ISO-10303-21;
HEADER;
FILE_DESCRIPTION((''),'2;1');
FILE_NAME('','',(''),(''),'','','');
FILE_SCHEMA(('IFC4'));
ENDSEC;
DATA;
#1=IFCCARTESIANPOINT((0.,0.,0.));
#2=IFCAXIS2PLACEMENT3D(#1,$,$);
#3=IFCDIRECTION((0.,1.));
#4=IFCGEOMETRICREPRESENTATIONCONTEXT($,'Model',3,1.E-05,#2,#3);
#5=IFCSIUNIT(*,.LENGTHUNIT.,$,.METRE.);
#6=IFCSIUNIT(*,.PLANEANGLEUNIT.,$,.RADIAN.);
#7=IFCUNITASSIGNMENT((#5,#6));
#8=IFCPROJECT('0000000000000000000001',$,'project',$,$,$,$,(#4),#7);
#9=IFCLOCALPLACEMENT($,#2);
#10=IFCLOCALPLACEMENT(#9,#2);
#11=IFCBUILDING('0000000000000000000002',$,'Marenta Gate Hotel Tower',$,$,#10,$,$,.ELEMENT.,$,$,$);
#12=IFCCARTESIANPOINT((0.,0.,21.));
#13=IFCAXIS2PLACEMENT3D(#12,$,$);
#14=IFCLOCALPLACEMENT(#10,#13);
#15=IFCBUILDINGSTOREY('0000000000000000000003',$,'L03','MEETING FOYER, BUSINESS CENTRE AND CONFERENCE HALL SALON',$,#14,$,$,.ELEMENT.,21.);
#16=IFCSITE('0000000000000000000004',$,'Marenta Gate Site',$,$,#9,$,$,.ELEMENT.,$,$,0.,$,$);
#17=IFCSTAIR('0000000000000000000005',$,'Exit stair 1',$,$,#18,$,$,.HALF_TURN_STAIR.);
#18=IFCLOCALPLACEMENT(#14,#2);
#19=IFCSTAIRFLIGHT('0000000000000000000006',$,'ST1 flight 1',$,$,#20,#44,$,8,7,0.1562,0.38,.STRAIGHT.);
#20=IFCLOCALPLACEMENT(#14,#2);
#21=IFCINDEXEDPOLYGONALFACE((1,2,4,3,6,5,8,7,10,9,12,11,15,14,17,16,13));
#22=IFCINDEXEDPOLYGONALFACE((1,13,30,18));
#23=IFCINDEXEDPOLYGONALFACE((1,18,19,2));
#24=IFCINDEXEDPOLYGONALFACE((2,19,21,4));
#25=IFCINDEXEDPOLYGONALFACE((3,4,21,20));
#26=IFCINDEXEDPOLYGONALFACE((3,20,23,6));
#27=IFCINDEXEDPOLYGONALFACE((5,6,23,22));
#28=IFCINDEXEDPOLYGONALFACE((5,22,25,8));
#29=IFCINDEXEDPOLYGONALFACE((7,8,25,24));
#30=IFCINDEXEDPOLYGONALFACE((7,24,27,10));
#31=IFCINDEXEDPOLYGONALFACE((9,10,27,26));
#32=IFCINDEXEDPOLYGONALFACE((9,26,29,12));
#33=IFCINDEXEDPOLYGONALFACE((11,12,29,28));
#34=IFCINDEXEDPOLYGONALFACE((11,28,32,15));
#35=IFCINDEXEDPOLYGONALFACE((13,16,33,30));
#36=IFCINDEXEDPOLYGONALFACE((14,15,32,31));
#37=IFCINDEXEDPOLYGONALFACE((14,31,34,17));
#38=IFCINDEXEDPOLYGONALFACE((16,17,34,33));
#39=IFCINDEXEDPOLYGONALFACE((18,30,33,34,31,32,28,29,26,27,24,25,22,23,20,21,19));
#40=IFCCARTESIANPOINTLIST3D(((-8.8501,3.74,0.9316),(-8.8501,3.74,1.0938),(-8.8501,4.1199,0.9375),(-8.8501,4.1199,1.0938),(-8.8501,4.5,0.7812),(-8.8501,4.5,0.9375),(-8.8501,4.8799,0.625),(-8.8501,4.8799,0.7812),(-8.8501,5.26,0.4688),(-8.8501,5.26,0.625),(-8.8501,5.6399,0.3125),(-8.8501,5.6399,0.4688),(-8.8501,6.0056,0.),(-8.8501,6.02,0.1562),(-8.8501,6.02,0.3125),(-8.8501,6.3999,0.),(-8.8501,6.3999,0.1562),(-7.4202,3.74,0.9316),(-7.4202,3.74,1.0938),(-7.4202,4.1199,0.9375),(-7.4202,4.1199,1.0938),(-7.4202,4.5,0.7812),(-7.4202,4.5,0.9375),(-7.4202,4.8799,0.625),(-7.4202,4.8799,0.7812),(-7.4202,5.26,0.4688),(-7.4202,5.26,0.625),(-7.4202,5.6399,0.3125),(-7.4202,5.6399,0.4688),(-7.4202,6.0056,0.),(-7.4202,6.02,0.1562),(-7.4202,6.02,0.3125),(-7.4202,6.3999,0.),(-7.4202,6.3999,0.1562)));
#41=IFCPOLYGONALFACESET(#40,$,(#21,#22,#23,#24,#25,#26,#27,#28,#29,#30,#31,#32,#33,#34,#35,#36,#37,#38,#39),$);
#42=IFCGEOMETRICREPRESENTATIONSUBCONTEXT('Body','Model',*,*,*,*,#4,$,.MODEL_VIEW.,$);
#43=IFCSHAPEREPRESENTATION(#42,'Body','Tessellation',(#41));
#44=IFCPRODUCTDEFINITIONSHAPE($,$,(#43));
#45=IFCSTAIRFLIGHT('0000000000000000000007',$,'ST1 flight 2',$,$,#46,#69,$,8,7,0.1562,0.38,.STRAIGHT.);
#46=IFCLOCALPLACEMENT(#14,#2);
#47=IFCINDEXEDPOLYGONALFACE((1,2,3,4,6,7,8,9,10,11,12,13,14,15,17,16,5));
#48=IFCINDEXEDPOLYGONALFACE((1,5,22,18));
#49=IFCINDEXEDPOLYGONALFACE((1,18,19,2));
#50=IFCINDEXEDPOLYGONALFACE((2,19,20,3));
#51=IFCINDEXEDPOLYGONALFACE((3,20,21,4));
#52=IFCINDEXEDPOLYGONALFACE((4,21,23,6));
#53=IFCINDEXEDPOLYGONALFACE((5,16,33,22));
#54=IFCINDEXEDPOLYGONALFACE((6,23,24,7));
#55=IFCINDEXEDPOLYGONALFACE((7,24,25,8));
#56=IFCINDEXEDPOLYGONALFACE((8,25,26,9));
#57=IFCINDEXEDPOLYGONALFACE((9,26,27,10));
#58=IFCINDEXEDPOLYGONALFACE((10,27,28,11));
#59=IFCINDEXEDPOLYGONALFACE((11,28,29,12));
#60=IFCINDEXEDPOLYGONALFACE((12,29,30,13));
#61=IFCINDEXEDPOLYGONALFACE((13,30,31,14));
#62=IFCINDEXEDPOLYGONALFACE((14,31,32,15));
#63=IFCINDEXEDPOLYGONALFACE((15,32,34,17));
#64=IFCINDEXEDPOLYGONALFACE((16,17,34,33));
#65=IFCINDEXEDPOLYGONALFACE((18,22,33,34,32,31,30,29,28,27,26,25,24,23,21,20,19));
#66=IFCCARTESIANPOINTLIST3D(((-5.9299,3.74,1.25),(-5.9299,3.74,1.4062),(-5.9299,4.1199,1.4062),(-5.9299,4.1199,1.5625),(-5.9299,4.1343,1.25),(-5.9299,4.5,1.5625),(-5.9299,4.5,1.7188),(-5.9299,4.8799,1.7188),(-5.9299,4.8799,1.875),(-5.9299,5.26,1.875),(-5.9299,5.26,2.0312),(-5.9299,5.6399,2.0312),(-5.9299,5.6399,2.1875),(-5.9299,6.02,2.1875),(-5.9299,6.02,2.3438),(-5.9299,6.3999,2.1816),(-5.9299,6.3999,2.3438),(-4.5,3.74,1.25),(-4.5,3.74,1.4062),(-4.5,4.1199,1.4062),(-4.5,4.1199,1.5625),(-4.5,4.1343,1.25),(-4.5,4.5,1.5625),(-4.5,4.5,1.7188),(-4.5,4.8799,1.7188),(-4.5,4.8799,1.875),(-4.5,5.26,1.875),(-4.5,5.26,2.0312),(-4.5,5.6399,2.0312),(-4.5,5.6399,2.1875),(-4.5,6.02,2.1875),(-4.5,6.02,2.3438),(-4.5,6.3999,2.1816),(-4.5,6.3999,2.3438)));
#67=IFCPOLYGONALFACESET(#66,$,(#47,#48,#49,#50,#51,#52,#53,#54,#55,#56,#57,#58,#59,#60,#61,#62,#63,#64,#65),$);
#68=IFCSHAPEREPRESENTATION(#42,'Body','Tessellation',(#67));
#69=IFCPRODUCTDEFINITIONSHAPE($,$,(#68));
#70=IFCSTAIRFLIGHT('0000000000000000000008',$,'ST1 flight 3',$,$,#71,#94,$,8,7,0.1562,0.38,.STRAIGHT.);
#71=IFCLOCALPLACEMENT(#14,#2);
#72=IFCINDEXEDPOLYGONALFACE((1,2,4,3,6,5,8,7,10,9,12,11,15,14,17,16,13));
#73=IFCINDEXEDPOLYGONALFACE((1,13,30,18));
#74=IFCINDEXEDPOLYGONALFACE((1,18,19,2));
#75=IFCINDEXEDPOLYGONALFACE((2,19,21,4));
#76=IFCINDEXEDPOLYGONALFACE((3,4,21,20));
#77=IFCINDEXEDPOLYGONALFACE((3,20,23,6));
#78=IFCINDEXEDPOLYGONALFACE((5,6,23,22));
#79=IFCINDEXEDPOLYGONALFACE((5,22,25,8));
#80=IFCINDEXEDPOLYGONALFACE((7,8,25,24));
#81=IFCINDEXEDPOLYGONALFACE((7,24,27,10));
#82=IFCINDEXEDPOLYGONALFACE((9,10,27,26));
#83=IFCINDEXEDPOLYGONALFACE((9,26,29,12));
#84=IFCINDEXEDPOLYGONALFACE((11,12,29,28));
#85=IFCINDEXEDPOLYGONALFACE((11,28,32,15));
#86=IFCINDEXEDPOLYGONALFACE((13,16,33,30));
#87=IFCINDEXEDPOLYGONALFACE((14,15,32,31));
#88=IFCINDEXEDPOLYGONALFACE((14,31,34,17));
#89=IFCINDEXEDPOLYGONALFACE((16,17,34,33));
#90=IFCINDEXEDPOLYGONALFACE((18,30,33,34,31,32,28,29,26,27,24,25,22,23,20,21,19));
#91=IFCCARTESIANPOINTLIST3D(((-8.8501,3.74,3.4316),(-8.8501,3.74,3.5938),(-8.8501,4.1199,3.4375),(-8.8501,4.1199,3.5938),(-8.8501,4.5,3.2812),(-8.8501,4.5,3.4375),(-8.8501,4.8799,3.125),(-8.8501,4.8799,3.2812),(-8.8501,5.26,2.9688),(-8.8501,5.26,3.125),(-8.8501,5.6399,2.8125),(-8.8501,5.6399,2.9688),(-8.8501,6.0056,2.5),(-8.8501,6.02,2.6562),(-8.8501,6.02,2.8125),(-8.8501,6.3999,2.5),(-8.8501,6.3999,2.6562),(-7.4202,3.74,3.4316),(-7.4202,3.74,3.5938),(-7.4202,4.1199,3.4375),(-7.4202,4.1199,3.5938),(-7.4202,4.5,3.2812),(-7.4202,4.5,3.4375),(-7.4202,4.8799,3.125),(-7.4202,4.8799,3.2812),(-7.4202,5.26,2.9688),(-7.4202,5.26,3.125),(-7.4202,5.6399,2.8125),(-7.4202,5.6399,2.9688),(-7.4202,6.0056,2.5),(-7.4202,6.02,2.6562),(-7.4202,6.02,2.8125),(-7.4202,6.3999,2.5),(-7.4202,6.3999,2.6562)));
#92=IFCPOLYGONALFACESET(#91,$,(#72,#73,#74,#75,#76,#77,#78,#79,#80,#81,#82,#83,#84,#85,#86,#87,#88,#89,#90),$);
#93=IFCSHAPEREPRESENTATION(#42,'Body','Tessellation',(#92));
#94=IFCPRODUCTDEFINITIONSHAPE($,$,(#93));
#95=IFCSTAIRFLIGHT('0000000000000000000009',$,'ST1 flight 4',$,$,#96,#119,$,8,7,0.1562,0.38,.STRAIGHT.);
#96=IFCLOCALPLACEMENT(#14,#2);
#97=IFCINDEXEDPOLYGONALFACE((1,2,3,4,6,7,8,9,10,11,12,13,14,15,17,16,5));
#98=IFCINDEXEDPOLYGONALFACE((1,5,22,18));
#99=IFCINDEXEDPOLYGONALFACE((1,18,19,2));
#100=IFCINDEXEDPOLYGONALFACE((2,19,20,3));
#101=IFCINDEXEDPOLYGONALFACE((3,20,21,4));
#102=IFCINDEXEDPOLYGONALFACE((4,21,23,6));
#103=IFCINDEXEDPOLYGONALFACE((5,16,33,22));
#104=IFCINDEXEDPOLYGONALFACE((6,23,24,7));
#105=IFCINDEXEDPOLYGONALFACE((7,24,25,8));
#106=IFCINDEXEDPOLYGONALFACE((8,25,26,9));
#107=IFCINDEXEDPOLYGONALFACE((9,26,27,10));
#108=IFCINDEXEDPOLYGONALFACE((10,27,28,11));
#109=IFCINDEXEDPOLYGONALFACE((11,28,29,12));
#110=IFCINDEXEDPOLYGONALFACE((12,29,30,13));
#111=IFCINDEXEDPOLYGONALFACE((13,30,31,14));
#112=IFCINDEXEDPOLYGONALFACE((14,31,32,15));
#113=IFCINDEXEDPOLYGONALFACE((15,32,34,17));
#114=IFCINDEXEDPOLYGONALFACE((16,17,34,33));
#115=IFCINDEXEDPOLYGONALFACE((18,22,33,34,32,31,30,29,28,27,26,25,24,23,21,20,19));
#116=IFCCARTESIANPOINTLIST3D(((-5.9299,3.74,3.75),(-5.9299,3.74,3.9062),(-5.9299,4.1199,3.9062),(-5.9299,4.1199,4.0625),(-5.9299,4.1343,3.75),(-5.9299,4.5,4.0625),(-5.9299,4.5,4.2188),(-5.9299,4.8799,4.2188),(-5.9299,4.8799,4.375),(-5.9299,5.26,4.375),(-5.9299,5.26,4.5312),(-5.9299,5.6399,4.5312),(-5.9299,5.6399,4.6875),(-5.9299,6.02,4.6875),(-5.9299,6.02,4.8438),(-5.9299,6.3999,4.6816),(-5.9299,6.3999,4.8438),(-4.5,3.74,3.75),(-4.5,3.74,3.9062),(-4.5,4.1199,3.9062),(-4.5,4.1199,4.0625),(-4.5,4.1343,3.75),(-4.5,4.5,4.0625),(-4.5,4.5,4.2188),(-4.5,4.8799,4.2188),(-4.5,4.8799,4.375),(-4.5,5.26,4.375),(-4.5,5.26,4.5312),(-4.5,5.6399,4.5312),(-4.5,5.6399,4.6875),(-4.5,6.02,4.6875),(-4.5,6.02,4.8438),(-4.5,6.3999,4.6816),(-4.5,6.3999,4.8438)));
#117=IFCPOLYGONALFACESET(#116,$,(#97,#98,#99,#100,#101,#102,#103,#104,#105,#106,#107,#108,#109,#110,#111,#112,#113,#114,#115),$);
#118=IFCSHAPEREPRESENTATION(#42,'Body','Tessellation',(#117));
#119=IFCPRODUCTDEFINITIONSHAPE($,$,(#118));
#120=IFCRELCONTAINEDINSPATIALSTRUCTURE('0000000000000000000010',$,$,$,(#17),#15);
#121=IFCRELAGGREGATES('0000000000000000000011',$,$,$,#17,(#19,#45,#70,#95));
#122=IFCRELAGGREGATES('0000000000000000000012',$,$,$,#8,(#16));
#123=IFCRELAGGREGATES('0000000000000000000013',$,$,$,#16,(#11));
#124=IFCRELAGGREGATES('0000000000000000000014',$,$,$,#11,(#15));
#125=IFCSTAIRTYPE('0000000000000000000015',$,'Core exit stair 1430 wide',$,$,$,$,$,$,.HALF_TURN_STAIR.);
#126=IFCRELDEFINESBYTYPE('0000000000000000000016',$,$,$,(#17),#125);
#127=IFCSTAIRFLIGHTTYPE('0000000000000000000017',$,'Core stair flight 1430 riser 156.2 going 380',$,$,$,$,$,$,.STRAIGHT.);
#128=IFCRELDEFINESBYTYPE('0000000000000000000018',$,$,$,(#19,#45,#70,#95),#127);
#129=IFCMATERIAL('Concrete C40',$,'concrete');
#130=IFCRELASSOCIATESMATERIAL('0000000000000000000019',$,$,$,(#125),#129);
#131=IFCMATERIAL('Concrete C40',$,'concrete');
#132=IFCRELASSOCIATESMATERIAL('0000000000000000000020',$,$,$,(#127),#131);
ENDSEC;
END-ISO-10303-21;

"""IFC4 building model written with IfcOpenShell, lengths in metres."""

from ifc_helpers import new_model, si_unit, direction, frame, origin, place, context, subcontext, project, spatial, polyline, outline, extrude, material, type_object, element, aggregate, save


model = new_model("IFC4")

# Units and contexts
model_context = context("Model", 3, precision=1e-05, world=origin(), true_north=direction((0.0, 1.0)))
body_context = subcontext(model_context, "Body", "Model", "MODEL_VIEW")
ifc_project = project(units=[si_unit("LENGTHUNIT", "METRE"), si_unit("PLANEANGLEUNIT", "RADIAN")], contexts=[model_context])

# Site, building, storey
site_placement = place(None, origin())
site = spatial("IfcSite", under=ifc_project, at=site_placement, Name="Marenta Gate Site", CompositionType="ELEMENT", RefElevation=0.0)
building_placement = place(site_placement, origin())
building = spatial("IfcBuilding", under=site, at=building_placement, Name="Marenta Gate Hotel Tower", CompositionType="ELEMENT")
storey_placement = place(building_placement, frame((0.0, 0.0, 21.0)))
storey = spatial("IfcBuildingStorey", under=building, at=storey_placement, Name="L03", Description="MEETING FOYER, BUSINESS CENTRE AND CONFERENCE HALL SALON", CompositionType="ELEMENT", Elevation=21.0)

# Stair, stair flights
ifc_material_1 = material(Name="Concrete C40", Category="concrete")
stair_type = type_object("IfcStairType", Name="Core exit stair 1430 wide", PredefinedType="HALF_TURN_STAIR", material=ifc_material_1)
stair_placement = place(storey_placement, origin())
stair = element("IfcStair", 1, at=stair_placement, inside=storey, type_object=stair_type, Name="Exit stair 1", PredefinedType="HALF_TURN_STAIR")
ifc_material_2 = material(Name="Concrete C40", Category="concrete")
stair_flight_type = type_object("IfcStairFlightType", Name="Core stair flight 1430 riser 156.2 going 380", PredefinedType="STRAIGHT", material=ifc_material_2)
stair_flight_1_placement = place(storey_placement, frame((-8.135, 6.3999, 0.0), z_axis=(0.0, 0.0, 1.0), x_axis=(0.0, -1.0, 0.0)))
stair_flight_1 = element("IfcStairFlight", 2, at=stair_flight_1_placement, type_object=stair_flight_type, Name="ST1 flight 1", NumberOfRisers=8, NumberOfTreads=7, PredefinedType="STRAIGHT", RiserHeight=0.1562, TreadLength=0.38, context=body_context, shape_type="SweptSolid", body=[
    extrude(outline(polyline([(0.0, 0.0), (0.0, 0.1562), (0.3799, 0.1562), (0.3799, 0.3125), (0.76, 0.3125), (0.76, 0.4688), (1.1399, 0.4688), (1.1399, 0.625), (1.52, 0.625), (1.52, 0.7812), (1.8999, 0.7812), (1.8999, 0.9375), (2.28, 0.9375), (2.28, 1.0938), (2.6599, 1.0938), (2.6599, 1.25), (2.6599, 0.9316), (0.3943, 0.0), (0.0, 0.0)])), frame((0.0, 0.7148, 0.0), z_axis=(0.0, -1.0, 0.0), x_axis=(1.0, 0.0, 0.0)), (0.0, 0.0, 1.0), 1.4299),
])
stair_flight_2_placement = place(storey_placement, frame((-5.2151, 3.74, 1.25), z_axis=(0.0, 0.0, 1.0), x_axis=(0.0, 1.0, 0.0)))
stair_flight_2 = element("IfcStairFlight", 3, at=stair_flight_2_placement, type_object=stair_flight_type, Name="ST1 flight 2", NumberOfRisers=8, NumberOfTreads=7, PredefinedType="STRAIGHT", RiserHeight=0.1562, TreadLength=0.38, context=body_context, shape_type="SweptSolid", body=[
    extrude(outline(polyline([(0.0, 0.0), (0.0, 0.1562), (0.3799, 0.1562), (0.3799, 0.3125), (0.76, 0.3125), (0.76, 0.4688), (1.1399, 0.4688), (1.1399, 0.625), (1.52, 0.625), (1.52, 0.7812), (1.8999, 0.7812), (1.8999, 0.9375), (2.28, 0.9375), (2.28, 1.0938), (2.6599, 1.0938), (2.6599, 1.25), (2.6599, 0.9316), (0.3943, 0.0), (0.0, 0.0)])), frame((0.0, 0.7148, 0.0), z_axis=(0.0, -1.0, 0.0), x_axis=(1.0, 0.0, 0.0)), (0.0, 0.0, 1.0), 1.4299),
])
stair_flight_3_placement = place(storey_placement, frame((-8.135, 6.3999, 2.5), z_axis=(0.0, 0.0, 1.0), x_axis=(0.0, -1.0, 0.0)))
stair_flight_3 = element("IfcStairFlight", 4, at=stair_flight_3_placement, type_object=stair_flight_type, Name="ST1 flight 3", NumberOfRisers=8, NumberOfTreads=7, PredefinedType="STRAIGHT", RiserHeight=0.1562, TreadLength=0.38, context=body_context, shape_type="SweptSolid", body=[
    extrude(outline(polyline([(0.0, 0.0), (0.0, 0.1562), (0.3799, 0.1562), (0.3799, 0.3125), (0.76, 0.3125), (0.76, 0.4688), (1.1399, 0.4688), (1.1399, 0.625), (1.52, 0.625), (1.52, 0.7812), (1.8999, 0.7812), (1.8999, 0.9375), (2.28, 0.9375), (2.28, 1.0938), (2.6599, 1.0938), (2.6599, 1.25), (2.6599, 0.9316), (0.3943, 0.0), (0.0, 0.0)])), frame((0.0, 0.7148, 0.0), z_axis=(0.0, -1.0, 0.0), x_axis=(1.0, 0.0, 0.0)), (0.0, 0.0, 1.0), 1.4299),
])
stair_flight_4_placement = place(storey_placement, frame((-5.2151, 3.74, 3.75), z_axis=(0.0, 0.0, 1.0), x_axis=(0.0, 1.0, 0.0)))
stair_flight_4 = element("IfcStairFlight", 5, at=stair_flight_4_placement, type_object=stair_flight_type, Name="ST1 flight 4", NumberOfRisers=8, NumberOfTreads=7, PredefinedType="STRAIGHT", RiserHeight=0.1562, TreadLength=0.38, context=body_context, shape_type="SweptSolid", body=[
    extrude(outline(polyline([(0.0, 0.0), (0.0, 0.1562), (0.3799, 0.1562), (0.3799, 0.3125), (0.76, 0.3125), (0.76, 0.4688), (1.1399, 0.4688), (1.1399, 0.625), (1.52, 0.625), (1.52, 0.7812), (1.8999, 0.7812), (1.8999, 0.9375), (2.28, 0.9375), (2.28, 1.0938), (2.6599, 1.0938), (2.6599, 1.25), (2.6599, 0.9316), (0.3943, 0.0), (0.0, 0.0)])), frame((0.0, 0.7148, 0.0), z_axis=(0.0, -1.0, 0.0), x_axis=(1.0, 0.0, 0.0)), (0.0, 0.0, 1.0), 1.4299),
])
aggregate(stair, [stair_flight_1, stair_flight_2, stair_flight_3, stair_flight_4])

save(model, "model.ifc")
